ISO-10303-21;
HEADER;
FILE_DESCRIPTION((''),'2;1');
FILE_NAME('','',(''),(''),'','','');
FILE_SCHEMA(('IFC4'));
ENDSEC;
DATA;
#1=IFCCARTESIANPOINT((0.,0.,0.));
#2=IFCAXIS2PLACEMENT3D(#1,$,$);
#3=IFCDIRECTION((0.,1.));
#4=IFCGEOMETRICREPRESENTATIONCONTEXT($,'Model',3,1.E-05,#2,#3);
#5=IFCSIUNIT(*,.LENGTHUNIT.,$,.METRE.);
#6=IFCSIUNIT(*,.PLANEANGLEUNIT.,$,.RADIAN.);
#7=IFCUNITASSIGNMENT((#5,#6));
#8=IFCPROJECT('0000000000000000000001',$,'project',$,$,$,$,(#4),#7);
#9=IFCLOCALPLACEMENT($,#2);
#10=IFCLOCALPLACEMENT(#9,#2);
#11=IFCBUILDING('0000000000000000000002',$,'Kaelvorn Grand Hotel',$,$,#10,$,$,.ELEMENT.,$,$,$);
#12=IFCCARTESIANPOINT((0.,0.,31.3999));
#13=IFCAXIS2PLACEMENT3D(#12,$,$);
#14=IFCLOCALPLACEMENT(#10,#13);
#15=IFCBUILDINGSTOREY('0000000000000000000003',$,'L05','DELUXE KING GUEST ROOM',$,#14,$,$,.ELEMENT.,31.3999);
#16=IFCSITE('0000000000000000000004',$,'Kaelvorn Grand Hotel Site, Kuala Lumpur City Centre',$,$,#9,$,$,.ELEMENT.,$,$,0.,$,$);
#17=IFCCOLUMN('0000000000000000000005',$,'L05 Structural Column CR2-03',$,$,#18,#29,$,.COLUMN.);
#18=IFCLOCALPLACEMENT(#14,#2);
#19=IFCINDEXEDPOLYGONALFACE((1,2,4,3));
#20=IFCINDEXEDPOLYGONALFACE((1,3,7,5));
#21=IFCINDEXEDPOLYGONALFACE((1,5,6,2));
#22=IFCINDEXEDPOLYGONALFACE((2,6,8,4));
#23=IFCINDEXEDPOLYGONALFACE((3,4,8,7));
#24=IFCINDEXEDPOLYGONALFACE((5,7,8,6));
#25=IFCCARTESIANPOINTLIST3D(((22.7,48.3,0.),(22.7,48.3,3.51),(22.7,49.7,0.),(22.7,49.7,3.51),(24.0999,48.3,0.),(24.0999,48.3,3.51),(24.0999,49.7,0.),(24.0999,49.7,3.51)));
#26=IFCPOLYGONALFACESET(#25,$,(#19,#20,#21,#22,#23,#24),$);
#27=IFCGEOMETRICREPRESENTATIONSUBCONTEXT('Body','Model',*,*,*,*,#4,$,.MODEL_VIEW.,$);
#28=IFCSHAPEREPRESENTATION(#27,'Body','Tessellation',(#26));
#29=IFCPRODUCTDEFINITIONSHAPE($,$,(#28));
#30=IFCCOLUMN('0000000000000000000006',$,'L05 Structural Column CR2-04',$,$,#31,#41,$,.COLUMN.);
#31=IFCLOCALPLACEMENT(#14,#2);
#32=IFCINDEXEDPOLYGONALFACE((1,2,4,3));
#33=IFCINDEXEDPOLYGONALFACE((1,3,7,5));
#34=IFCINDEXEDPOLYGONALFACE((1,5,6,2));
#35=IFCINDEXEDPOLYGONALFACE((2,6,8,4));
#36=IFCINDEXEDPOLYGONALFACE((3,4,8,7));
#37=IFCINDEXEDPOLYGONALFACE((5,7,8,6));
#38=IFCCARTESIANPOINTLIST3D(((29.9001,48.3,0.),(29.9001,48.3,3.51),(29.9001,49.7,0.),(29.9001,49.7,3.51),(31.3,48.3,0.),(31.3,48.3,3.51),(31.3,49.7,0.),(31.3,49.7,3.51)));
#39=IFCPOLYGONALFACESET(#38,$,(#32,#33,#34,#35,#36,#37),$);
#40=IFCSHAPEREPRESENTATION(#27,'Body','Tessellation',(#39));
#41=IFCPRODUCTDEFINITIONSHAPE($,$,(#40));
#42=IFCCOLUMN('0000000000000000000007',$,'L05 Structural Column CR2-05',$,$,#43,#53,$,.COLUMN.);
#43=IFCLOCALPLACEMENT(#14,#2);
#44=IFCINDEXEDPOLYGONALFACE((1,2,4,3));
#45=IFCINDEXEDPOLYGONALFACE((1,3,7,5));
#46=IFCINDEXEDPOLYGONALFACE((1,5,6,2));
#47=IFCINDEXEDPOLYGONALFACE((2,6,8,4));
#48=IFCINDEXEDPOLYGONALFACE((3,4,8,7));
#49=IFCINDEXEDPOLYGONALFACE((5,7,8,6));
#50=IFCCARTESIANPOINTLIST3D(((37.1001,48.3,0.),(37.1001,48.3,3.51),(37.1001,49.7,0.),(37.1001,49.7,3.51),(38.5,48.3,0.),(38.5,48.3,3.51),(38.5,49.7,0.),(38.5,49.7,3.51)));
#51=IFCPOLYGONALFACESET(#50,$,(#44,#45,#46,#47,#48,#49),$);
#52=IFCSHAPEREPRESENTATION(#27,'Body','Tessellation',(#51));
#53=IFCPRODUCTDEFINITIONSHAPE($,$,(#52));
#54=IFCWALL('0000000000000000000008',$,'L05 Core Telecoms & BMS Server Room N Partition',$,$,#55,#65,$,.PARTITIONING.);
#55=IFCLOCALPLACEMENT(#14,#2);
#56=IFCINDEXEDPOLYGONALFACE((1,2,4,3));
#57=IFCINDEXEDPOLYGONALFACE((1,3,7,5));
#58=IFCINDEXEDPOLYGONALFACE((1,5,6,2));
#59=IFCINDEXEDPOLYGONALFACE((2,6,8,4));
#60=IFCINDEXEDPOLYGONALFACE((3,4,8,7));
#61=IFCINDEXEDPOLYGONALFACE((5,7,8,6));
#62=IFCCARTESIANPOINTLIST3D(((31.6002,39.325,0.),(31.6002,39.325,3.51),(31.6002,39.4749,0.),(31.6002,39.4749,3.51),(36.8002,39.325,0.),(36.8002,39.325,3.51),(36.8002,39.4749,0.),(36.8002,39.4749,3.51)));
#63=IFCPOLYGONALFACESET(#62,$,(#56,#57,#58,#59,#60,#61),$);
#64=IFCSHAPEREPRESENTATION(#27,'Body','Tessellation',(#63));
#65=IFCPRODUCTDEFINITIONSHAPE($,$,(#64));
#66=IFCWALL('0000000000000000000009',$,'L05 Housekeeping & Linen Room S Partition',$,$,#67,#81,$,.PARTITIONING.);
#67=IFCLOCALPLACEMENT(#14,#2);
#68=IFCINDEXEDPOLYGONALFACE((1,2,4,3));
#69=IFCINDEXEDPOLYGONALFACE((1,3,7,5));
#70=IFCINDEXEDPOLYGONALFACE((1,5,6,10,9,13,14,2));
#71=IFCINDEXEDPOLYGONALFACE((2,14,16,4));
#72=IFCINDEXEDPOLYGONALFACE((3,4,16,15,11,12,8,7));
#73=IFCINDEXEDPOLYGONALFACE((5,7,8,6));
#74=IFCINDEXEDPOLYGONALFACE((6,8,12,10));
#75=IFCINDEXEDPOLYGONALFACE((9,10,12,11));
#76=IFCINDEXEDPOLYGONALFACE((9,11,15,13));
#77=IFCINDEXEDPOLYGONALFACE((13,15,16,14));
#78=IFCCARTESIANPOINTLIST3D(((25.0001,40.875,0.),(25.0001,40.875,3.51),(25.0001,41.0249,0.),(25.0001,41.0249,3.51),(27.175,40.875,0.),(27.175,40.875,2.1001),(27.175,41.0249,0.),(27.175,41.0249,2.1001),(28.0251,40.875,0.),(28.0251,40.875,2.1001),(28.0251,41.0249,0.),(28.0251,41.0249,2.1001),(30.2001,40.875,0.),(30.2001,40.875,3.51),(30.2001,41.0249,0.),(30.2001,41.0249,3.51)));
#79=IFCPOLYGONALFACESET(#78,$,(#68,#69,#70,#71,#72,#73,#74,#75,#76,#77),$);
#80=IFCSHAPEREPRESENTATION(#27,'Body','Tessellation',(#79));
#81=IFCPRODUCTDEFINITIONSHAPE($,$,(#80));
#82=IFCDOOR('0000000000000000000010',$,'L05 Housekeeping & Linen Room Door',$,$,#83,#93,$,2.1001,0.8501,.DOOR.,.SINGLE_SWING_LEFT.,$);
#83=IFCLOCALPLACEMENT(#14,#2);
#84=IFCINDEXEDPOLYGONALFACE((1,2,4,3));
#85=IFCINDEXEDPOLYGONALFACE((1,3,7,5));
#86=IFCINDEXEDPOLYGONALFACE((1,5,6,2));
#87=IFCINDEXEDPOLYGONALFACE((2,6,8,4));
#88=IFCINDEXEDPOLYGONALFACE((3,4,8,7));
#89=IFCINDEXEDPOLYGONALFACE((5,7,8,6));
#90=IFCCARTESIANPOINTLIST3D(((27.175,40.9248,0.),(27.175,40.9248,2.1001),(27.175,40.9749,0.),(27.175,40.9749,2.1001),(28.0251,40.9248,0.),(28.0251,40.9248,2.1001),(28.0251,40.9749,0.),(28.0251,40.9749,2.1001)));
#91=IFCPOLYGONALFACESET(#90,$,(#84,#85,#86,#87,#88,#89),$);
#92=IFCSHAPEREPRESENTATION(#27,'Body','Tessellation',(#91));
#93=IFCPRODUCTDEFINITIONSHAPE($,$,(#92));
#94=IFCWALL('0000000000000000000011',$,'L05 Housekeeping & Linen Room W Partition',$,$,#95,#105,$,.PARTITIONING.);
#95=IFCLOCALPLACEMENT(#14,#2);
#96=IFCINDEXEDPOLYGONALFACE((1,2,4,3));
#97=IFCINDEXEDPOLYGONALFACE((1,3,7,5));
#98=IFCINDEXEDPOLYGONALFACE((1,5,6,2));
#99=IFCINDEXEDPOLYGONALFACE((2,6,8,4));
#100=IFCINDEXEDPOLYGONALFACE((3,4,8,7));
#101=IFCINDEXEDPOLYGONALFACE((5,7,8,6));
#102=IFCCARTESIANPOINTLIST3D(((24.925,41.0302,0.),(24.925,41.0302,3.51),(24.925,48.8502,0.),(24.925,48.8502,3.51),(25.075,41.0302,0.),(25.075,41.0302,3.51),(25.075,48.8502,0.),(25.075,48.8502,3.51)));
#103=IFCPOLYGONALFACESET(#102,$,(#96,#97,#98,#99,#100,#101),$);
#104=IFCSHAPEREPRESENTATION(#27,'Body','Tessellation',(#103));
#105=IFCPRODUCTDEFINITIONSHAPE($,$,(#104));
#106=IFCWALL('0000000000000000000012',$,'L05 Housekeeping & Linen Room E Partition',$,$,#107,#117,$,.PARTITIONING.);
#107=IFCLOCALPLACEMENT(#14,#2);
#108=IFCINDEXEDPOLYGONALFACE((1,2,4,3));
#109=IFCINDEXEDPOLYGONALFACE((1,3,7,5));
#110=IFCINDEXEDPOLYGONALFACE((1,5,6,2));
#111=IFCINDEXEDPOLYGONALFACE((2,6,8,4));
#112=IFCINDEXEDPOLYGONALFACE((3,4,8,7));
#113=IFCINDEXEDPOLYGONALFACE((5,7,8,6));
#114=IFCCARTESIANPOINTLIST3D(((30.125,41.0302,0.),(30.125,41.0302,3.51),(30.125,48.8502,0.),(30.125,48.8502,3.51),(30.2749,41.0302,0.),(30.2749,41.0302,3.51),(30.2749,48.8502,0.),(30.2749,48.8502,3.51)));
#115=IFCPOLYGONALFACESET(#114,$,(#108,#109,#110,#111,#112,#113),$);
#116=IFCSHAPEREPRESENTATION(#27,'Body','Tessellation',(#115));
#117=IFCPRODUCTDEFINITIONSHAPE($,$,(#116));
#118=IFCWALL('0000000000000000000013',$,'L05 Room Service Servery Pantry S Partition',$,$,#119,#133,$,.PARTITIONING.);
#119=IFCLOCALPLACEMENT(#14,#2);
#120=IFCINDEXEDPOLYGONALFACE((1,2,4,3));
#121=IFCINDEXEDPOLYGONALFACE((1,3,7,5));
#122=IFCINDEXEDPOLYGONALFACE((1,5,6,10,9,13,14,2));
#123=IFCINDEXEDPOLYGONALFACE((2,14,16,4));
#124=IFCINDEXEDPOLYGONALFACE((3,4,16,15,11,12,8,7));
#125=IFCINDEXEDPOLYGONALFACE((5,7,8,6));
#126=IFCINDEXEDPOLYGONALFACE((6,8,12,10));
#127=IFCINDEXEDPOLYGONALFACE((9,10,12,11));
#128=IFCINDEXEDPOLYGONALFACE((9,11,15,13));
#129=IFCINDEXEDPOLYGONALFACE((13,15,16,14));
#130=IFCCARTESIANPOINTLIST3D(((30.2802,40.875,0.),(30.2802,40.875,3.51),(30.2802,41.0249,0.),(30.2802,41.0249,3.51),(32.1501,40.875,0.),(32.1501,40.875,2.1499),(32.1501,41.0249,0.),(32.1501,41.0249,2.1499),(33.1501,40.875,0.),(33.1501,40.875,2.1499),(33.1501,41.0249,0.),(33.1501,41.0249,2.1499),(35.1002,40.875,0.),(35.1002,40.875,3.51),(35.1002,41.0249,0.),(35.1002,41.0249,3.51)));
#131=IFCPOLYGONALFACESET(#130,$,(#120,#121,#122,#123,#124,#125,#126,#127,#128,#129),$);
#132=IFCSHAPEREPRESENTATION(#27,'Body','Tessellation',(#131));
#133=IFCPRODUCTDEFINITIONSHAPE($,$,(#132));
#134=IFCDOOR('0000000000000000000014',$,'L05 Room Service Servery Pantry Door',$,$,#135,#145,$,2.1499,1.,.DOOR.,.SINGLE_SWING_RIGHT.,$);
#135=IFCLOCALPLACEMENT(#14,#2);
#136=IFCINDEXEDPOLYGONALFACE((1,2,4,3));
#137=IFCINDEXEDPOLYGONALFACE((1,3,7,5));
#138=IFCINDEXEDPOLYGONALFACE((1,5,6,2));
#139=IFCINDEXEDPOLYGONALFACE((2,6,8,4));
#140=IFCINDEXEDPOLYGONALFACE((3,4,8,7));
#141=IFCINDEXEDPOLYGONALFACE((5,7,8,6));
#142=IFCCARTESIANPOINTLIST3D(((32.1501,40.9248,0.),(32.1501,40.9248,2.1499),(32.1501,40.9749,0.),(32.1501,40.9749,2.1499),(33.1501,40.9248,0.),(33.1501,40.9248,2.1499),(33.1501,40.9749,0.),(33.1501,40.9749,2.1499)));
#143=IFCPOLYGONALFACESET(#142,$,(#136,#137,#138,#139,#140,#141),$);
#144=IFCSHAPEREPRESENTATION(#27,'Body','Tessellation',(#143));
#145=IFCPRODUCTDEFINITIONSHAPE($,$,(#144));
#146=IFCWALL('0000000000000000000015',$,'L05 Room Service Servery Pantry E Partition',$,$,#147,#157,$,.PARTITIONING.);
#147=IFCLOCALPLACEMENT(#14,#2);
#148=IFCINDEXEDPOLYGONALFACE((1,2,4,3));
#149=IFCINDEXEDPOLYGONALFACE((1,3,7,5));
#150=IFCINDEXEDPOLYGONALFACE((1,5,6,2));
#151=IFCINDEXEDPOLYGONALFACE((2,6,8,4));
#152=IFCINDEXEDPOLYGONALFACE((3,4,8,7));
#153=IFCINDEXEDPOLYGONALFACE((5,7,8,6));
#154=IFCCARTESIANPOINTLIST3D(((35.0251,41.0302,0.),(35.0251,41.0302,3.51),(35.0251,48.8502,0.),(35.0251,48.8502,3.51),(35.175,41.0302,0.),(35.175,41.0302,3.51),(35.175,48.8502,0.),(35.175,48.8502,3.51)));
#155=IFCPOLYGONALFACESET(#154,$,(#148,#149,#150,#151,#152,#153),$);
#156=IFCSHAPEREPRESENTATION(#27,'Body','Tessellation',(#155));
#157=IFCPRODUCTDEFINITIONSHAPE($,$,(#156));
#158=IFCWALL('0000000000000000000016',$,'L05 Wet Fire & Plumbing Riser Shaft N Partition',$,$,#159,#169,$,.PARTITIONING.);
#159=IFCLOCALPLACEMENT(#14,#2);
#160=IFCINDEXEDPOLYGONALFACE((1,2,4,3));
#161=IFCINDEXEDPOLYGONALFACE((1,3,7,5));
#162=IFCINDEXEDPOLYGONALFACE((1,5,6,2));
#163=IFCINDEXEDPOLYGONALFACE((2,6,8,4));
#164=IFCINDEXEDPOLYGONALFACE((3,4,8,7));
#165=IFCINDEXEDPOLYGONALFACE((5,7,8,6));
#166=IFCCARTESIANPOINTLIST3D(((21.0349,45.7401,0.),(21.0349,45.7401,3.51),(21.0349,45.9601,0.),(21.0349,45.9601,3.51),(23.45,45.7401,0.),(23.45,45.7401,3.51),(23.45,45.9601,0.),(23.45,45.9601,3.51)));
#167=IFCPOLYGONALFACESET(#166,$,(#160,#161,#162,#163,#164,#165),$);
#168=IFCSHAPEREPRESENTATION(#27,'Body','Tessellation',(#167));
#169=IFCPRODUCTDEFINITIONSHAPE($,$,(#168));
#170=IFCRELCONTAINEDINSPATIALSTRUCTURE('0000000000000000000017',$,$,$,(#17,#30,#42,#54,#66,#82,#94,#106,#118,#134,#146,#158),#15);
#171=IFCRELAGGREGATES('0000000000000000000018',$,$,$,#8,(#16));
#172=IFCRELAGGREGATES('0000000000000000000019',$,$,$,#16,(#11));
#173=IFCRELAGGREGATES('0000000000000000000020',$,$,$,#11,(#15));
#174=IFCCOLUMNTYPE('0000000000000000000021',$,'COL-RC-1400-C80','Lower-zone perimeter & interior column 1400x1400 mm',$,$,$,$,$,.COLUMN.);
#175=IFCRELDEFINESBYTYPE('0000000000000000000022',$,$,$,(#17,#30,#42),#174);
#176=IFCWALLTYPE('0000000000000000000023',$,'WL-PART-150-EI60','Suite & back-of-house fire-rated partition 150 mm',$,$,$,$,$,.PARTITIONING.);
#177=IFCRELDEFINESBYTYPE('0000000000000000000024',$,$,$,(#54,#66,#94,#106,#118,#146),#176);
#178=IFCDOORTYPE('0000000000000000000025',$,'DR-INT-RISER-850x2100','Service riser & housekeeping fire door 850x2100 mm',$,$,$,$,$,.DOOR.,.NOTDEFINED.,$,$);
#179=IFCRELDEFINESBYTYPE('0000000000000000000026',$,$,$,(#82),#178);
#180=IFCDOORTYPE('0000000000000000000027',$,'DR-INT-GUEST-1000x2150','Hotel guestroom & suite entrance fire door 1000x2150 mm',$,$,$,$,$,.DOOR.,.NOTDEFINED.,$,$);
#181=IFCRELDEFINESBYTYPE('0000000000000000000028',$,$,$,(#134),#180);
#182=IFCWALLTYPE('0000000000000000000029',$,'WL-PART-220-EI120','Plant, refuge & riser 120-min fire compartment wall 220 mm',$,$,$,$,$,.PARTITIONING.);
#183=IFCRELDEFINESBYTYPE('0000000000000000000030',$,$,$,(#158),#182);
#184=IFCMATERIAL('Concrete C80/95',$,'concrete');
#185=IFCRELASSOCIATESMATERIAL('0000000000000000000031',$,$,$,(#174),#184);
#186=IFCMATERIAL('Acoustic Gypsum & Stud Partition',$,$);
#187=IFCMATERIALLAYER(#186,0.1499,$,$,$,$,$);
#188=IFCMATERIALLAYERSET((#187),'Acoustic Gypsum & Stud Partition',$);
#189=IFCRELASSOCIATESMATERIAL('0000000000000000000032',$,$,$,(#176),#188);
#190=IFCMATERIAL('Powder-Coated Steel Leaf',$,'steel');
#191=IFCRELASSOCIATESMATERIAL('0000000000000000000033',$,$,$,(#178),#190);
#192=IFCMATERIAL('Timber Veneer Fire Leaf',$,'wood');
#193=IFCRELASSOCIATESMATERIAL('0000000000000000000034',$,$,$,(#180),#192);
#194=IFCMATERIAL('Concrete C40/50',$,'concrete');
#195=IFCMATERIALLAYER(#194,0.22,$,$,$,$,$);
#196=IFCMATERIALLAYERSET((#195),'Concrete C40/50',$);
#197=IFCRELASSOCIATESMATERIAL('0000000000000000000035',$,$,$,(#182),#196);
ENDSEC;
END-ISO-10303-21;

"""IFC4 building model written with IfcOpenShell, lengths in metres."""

from ifc_helpers import new_model, si_unit, direction, frame, frame_2d, origin, origin_2d, place, context, subcontext, project, spatial, rectangle, extrude, material, layer, layer_set, material_profile, profile_set, type_object, element, fill, save


model = new_model("IFC4")

# Units and contexts
model_context = context("Model", 3, precision=1e-05, world=origin(), true_north=direction((0.0, 1.0)))
body_context = subcontext(model_context, "Body", "Model", "MODEL_VIEW")
ifc_project = project(units=[si_unit("LENGTHUNIT", "METRE"), si_unit("PLANEANGLEUNIT", "RADIAN")], contexts=[model_context])

# Site, building, storey
site_placement = place(None, origin())
site = spatial("IfcSite", under=ifc_project, at=site_placement, Name="Kaelvorn Grand Hotel Site, Kuala Lumpur City Centre", CompositionType="ELEMENT", RefElevation=0.0)
building_placement = place(site_placement, origin())
building = spatial("IfcBuilding", under=site, at=building_placement, Name="Kaelvorn Grand Hotel", CompositionType="ELEMENT")
storey_placement = place(building_placement, frame((0.0, 0.0, 31.3999)))
storey = spatial("IfcBuildingStorey", under=building, at=storey_placement, Name="L05", Description="DELUXE KING GUEST ROOM", CompositionType="ELEMENT", Elevation=31.3999)

# Columns
ifc_material_1 = material(Name="Concrete C80/95", Category="concrete")
ifc_material_profile = material_profile(ifc_material_1, rectangle(XDim=1.3999, YDim=1.3999, at=origin_2d()), Name="RC COL 1400x1400")
ifc_profile_set = profile_set([ifc_material_profile], Name="Concrete C80/95")
column_type = type_object("IfcColumnType", Name="COL-RC-1400-C80", Description="Lower-zone perimeter & interior column 1400x1400 mm", PredefinedType="COLUMN", material=ifc_profile_set)
for number, where, z_axis, x_axis, name in (
    (1, (23.3999, 49.0, 0.0), (0.0, 0.0, 1.0), (1.0, 0.0, 0.0), "L05 Structural Column CR2-03"),
    (2, (30.6001, 49.0, 0.0), (0.0, 0.0, 1.0), (1.0, 0.0, 0.0), "L05 Structural Column CR2-04"),
    (3, (37.8, 49.0, 0.0), (0.0, 0.0, 1.0), (1.0, 0.0, 0.0), "L05 Structural Column CR2-05"),
):
    element("IfcColumn", number, at=place(storey_placement, frame(where, z_axis=z_axis, x_axis=x_axis)), inside=storey, type_object=column_type, Name=name, PredefinedType="COLUMN", context=body_context, shape_type="SweptSolid", body=[
        extrude(rectangle(XDim=1.3999, YDim=1.3999, at=origin_2d()), origin(), (0.0, 0.0, 1.0), 3.51),
    ])

# Wall
ifc_material_2 = material(Name="Acoustic Gypsum & Stud Partition")
ifc_layer_1 = layer(ifc_material_2, 0.1499)
ifc_layer_set_1 = layer_set([ifc_layer_1], Name="Acoustic Gypsum & Stud Partition")
wall_type_1 = type_object("IfcWallType", Name="WL-PART-150-EI60", Description="Suite & back-of-house fire-rated partition 150 mm", PredefinedType="PARTITIONING", material=ifc_layer_set_1)
wall_1_placement = place(storey_placement, frame((31.6001, 39.3999, 0.0), z_axis=(0.0, 0.0, 1.0), x_axis=(1.0, 0.0, 0.0)))
element("IfcWall", 4, at=wall_1_placement, inside=storey, type_object=wall_type_1, Name="L05 Core Telecoms & BMS Server Room N Partition", PredefinedType="PARTITIONING", context=body_context, shape_type="SweptSolid", body=[
    extrude(rectangle(XDim=5.2, YDim=0.1499, at=frame_2d((2.6001, 0.0))), origin(), (0.0, 0.0, 1.0), 3.51),
])

# Wall, opening, door
wall_2_placement = place(storey_placement, frame((25.0, 40.95, 0.0), z_axis=(0.0, 0.0, 1.0), x_axis=(1.0, 0.0, 0.0)))
wall_2 = element("IfcWall", 5, at=wall_2_placement, inside=storey, type_object=wall_type_1, Name="L05 Housekeeping & Linen Room S Partition", PredefinedType="PARTITIONING", context=body_context, shape_type="SweptSolid", body=[
    extrude(rectangle(XDim=5.2, YDim=0.1499, at=frame_2d((2.6001, 0.0))), origin(), (0.0, 0.0, 1.0), 3.51),
])
opening_1_placement = place(wall_2_placement, frame((2.175, 0.0, 0.0)))
opening_1 = element("IfcOpeningElement", 6, at=opening_1_placement, cuts=wall_2, PredefinedType="OPENING", context=body_context, shape_type="SweptSolid", body=[
    extrude(rectangle(XDim=0.8501, YDim=2.1001, at=frame_2d((0.425, 1.05))), frame((0.0, 0.085, 0.0), z_axis=(0.0, -1.0, 0.0), x_axis=(1.0, 0.0, 0.0)), (0.0, 0.0, 1.0), 0.1699),
])
ifc_material_3 = material(Name="Powder-Coated Steel Leaf", Category="steel")
door_type_1 = type_object("IfcDoorType", Name="DR-INT-RISER-850x2100", Description="Service riser & housekeeping fire door 850x2100 mm", OperationType="NOTDEFINED", PredefinedType="DOOR", material=ifc_material_3)
door_1_placement = place(opening_1_placement, origin())
door_1 = element("IfcDoor", 7, at=door_1_placement, inside=storey, type_object=door_type_1, Name="L05 Housekeeping & Linen Room Door", OperationType="SINGLE_SWING_LEFT", OverallHeight=2.1001, OverallWidth=0.8501, PredefinedType="DOOR", context=body_context, shape_type="SweptSolid", body=[
    extrude(rectangle(XDim=0.8501, YDim=2.1001, at=frame_2d((0.425, 1.05))), frame((0.0, 0.0249, 0.0), z_axis=(0.0, -1.0, 0.0), x_axis=(1.0, 0.0, 0.0)), (0.0, 0.0, 1.0), 0.05),
])
fill(opening_1, door_1)

# Walls
for number, where, z_axis, x_axis, name in (
    (8, (25.0, 41.03, 0.0), (0.0, 0.0, 1.0), (0.0, 1.0, 0.0), "L05 Housekeeping & Linen Room W Partition"),
    (9, (30.2, 41.03, 0.0), (0.0, 0.0, 1.0), (0.0, 1.0, 0.0), "L05 Housekeeping & Linen Room E Partition"),
):
    element("IfcWall", number, at=place(storey_placement, frame(where, z_axis=z_axis, x_axis=x_axis)), inside=storey, type_object=wall_type_1, Name=name, PredefinedType="PARTITIONING", context=body_context, shape_type="SweptSolid", body=[
        extrude(rectangle(XDim=7.8201, YDim=0.1499, at=frame_2d((3.9102, 0.0))), origin(), (0.0, 0.0, 1.0), 3.51),
    ])

# Wall, opening, door
wall_3_placement = place(storey_placement, frame((30.28, 40.95, 0.0), z_axis=(0.0, 0.0, 1.0), x_axis=(1.0, 0.0, 0.0)))
wall_3 = element("IfcWall", 10, at=wall_3_placement, inside=storey, type_object=wall_type_1, Name="L05 Room Service Servery Pantry S Partition", PredefinedType="PARTITIONING", context=body_context, shape_type="SweptSolid", body=[
    extrude(rectangle(XDim=4.8201, YDim=0.1499, at=frame_2d((2.4102, 0.0))), origin(), (0.0, 0.0, 1.0), 3.51),
])
opening_2_placement = place(wall_3_placement, frame((1.8701, 0.0, 0.0)))
opening_2 = element("IfcOpeningElement", 11, at=opening_2_placement, cuts=wall_3, PredefinedType="OPENING", context=body_context, shape_type="SweptSolid", body=[
    extrude(rectangle(XDim=1.0, YDim=2.1499, at=frame_2d((0.5, 1.075))), frame((0.0, 0.085, 0.0), z_axis=(0.0, -1.0, 0.0), x_axis=(1.0, 0.0, 0.0)), (0.0, 0.0, 1.0), 0.1699),
])
ifc_material_4 = material(Name="Timber Veneer Fire Leaf", Category="wood")
door_type_2 = type_object("IfcDoorType", Name="DR-INT-GUEST-1000x2150", Description="Hotel guestroom & suite entrance fire door 1000x2150 mm", OperationType="NOTDEFINED", PredefinedType="DOOR", material=ifc_material_4)
door_2_placement = place(opening_2_placement, origin())
door_2 = element("IfcDoor", 12, at=door_2_placement, inside=storey, type_object=door_type_2, Name="L05 Room Service Servery Pantry Door", OperationType="SINGLE_SWING_RIGHT", OverallHeight=2.1499, OverallWidth=1.0, PredefinedType="DOOR", context=body_context, shape_type="SweptSolid", body=[
    extrude(rectangle(XDim=1.0, YDim=2.1499, at=frame_2d((0.5, 1.075))), frame((0.0, 0.0249, 0.0), z_axis=(0.0, -1.0, 0.0), x_axis=(1.0, 0.0, 0.0)), (0.0, 0.0, 1.0), 0.05),
])
fill(opening_2, door_2)

# Walls
wall_4_placement = place(storey_placement, frame((35.1001, 41.03, 0.0), z_axis=(0.0, 0.0, 1.0), x_axis=(0.0, 1.0, 0.0)))
element("IfcWall", 13, at=wall_4_placement, inside=storey, type_object=wall_type_1, Name="L05 Room Service Servery Pantry E Partition", PredefinedType="PARTITIONING", context=body_context, shape_type="SweptSolid", body=[
    extrude(rectangle(XDim=7.8201, YDim=0.1499, at=frame_2d((3.9102, 0.0))), origin(), (0.0, 0.0, 1.0), 3.51),
])
ifc_material_5 = material(Name="Concrete C40/50", Category="concrete")
ifc_layer_2 = layer(ifc_material_5, 0.22)
ifc_layer_set_2 = layer_set([ifc_layer_2], Name="Concrete C40/50")
wall_type_2 = type_object("IfcWallType", Name="WL-PART-220-EI120", Description="Plant, refuge & riser 120-min fire compartment wall 220 mm", PredefinedType="PARTITIONING", material=ifc_layer_set_2)
wall_5_placement = place(storey_placement, frame((21.0349, 45.8501, 0.0), z_axis=(0.0, 0.0, 1.0), x_axis=(1.0, 0.0, 0.0)))
element("IfcWall", 14, at=wall_5_placement, inside=storey, type_object=wall_type_2, Name="L05 Wet Fire & Plumbing Riser Shaft N Partition", PredefinedType="PARTITIONING", context=body_context, shape_type="SweptSolid", body=[
    extrude(rectangle(XDim=2.415, YDim=0.22, at=frame_2d((1.2075, 0.0))), origin(), (0.0, 0.0, 1.0), 3.51),
])

save(model, "model.ifc")
